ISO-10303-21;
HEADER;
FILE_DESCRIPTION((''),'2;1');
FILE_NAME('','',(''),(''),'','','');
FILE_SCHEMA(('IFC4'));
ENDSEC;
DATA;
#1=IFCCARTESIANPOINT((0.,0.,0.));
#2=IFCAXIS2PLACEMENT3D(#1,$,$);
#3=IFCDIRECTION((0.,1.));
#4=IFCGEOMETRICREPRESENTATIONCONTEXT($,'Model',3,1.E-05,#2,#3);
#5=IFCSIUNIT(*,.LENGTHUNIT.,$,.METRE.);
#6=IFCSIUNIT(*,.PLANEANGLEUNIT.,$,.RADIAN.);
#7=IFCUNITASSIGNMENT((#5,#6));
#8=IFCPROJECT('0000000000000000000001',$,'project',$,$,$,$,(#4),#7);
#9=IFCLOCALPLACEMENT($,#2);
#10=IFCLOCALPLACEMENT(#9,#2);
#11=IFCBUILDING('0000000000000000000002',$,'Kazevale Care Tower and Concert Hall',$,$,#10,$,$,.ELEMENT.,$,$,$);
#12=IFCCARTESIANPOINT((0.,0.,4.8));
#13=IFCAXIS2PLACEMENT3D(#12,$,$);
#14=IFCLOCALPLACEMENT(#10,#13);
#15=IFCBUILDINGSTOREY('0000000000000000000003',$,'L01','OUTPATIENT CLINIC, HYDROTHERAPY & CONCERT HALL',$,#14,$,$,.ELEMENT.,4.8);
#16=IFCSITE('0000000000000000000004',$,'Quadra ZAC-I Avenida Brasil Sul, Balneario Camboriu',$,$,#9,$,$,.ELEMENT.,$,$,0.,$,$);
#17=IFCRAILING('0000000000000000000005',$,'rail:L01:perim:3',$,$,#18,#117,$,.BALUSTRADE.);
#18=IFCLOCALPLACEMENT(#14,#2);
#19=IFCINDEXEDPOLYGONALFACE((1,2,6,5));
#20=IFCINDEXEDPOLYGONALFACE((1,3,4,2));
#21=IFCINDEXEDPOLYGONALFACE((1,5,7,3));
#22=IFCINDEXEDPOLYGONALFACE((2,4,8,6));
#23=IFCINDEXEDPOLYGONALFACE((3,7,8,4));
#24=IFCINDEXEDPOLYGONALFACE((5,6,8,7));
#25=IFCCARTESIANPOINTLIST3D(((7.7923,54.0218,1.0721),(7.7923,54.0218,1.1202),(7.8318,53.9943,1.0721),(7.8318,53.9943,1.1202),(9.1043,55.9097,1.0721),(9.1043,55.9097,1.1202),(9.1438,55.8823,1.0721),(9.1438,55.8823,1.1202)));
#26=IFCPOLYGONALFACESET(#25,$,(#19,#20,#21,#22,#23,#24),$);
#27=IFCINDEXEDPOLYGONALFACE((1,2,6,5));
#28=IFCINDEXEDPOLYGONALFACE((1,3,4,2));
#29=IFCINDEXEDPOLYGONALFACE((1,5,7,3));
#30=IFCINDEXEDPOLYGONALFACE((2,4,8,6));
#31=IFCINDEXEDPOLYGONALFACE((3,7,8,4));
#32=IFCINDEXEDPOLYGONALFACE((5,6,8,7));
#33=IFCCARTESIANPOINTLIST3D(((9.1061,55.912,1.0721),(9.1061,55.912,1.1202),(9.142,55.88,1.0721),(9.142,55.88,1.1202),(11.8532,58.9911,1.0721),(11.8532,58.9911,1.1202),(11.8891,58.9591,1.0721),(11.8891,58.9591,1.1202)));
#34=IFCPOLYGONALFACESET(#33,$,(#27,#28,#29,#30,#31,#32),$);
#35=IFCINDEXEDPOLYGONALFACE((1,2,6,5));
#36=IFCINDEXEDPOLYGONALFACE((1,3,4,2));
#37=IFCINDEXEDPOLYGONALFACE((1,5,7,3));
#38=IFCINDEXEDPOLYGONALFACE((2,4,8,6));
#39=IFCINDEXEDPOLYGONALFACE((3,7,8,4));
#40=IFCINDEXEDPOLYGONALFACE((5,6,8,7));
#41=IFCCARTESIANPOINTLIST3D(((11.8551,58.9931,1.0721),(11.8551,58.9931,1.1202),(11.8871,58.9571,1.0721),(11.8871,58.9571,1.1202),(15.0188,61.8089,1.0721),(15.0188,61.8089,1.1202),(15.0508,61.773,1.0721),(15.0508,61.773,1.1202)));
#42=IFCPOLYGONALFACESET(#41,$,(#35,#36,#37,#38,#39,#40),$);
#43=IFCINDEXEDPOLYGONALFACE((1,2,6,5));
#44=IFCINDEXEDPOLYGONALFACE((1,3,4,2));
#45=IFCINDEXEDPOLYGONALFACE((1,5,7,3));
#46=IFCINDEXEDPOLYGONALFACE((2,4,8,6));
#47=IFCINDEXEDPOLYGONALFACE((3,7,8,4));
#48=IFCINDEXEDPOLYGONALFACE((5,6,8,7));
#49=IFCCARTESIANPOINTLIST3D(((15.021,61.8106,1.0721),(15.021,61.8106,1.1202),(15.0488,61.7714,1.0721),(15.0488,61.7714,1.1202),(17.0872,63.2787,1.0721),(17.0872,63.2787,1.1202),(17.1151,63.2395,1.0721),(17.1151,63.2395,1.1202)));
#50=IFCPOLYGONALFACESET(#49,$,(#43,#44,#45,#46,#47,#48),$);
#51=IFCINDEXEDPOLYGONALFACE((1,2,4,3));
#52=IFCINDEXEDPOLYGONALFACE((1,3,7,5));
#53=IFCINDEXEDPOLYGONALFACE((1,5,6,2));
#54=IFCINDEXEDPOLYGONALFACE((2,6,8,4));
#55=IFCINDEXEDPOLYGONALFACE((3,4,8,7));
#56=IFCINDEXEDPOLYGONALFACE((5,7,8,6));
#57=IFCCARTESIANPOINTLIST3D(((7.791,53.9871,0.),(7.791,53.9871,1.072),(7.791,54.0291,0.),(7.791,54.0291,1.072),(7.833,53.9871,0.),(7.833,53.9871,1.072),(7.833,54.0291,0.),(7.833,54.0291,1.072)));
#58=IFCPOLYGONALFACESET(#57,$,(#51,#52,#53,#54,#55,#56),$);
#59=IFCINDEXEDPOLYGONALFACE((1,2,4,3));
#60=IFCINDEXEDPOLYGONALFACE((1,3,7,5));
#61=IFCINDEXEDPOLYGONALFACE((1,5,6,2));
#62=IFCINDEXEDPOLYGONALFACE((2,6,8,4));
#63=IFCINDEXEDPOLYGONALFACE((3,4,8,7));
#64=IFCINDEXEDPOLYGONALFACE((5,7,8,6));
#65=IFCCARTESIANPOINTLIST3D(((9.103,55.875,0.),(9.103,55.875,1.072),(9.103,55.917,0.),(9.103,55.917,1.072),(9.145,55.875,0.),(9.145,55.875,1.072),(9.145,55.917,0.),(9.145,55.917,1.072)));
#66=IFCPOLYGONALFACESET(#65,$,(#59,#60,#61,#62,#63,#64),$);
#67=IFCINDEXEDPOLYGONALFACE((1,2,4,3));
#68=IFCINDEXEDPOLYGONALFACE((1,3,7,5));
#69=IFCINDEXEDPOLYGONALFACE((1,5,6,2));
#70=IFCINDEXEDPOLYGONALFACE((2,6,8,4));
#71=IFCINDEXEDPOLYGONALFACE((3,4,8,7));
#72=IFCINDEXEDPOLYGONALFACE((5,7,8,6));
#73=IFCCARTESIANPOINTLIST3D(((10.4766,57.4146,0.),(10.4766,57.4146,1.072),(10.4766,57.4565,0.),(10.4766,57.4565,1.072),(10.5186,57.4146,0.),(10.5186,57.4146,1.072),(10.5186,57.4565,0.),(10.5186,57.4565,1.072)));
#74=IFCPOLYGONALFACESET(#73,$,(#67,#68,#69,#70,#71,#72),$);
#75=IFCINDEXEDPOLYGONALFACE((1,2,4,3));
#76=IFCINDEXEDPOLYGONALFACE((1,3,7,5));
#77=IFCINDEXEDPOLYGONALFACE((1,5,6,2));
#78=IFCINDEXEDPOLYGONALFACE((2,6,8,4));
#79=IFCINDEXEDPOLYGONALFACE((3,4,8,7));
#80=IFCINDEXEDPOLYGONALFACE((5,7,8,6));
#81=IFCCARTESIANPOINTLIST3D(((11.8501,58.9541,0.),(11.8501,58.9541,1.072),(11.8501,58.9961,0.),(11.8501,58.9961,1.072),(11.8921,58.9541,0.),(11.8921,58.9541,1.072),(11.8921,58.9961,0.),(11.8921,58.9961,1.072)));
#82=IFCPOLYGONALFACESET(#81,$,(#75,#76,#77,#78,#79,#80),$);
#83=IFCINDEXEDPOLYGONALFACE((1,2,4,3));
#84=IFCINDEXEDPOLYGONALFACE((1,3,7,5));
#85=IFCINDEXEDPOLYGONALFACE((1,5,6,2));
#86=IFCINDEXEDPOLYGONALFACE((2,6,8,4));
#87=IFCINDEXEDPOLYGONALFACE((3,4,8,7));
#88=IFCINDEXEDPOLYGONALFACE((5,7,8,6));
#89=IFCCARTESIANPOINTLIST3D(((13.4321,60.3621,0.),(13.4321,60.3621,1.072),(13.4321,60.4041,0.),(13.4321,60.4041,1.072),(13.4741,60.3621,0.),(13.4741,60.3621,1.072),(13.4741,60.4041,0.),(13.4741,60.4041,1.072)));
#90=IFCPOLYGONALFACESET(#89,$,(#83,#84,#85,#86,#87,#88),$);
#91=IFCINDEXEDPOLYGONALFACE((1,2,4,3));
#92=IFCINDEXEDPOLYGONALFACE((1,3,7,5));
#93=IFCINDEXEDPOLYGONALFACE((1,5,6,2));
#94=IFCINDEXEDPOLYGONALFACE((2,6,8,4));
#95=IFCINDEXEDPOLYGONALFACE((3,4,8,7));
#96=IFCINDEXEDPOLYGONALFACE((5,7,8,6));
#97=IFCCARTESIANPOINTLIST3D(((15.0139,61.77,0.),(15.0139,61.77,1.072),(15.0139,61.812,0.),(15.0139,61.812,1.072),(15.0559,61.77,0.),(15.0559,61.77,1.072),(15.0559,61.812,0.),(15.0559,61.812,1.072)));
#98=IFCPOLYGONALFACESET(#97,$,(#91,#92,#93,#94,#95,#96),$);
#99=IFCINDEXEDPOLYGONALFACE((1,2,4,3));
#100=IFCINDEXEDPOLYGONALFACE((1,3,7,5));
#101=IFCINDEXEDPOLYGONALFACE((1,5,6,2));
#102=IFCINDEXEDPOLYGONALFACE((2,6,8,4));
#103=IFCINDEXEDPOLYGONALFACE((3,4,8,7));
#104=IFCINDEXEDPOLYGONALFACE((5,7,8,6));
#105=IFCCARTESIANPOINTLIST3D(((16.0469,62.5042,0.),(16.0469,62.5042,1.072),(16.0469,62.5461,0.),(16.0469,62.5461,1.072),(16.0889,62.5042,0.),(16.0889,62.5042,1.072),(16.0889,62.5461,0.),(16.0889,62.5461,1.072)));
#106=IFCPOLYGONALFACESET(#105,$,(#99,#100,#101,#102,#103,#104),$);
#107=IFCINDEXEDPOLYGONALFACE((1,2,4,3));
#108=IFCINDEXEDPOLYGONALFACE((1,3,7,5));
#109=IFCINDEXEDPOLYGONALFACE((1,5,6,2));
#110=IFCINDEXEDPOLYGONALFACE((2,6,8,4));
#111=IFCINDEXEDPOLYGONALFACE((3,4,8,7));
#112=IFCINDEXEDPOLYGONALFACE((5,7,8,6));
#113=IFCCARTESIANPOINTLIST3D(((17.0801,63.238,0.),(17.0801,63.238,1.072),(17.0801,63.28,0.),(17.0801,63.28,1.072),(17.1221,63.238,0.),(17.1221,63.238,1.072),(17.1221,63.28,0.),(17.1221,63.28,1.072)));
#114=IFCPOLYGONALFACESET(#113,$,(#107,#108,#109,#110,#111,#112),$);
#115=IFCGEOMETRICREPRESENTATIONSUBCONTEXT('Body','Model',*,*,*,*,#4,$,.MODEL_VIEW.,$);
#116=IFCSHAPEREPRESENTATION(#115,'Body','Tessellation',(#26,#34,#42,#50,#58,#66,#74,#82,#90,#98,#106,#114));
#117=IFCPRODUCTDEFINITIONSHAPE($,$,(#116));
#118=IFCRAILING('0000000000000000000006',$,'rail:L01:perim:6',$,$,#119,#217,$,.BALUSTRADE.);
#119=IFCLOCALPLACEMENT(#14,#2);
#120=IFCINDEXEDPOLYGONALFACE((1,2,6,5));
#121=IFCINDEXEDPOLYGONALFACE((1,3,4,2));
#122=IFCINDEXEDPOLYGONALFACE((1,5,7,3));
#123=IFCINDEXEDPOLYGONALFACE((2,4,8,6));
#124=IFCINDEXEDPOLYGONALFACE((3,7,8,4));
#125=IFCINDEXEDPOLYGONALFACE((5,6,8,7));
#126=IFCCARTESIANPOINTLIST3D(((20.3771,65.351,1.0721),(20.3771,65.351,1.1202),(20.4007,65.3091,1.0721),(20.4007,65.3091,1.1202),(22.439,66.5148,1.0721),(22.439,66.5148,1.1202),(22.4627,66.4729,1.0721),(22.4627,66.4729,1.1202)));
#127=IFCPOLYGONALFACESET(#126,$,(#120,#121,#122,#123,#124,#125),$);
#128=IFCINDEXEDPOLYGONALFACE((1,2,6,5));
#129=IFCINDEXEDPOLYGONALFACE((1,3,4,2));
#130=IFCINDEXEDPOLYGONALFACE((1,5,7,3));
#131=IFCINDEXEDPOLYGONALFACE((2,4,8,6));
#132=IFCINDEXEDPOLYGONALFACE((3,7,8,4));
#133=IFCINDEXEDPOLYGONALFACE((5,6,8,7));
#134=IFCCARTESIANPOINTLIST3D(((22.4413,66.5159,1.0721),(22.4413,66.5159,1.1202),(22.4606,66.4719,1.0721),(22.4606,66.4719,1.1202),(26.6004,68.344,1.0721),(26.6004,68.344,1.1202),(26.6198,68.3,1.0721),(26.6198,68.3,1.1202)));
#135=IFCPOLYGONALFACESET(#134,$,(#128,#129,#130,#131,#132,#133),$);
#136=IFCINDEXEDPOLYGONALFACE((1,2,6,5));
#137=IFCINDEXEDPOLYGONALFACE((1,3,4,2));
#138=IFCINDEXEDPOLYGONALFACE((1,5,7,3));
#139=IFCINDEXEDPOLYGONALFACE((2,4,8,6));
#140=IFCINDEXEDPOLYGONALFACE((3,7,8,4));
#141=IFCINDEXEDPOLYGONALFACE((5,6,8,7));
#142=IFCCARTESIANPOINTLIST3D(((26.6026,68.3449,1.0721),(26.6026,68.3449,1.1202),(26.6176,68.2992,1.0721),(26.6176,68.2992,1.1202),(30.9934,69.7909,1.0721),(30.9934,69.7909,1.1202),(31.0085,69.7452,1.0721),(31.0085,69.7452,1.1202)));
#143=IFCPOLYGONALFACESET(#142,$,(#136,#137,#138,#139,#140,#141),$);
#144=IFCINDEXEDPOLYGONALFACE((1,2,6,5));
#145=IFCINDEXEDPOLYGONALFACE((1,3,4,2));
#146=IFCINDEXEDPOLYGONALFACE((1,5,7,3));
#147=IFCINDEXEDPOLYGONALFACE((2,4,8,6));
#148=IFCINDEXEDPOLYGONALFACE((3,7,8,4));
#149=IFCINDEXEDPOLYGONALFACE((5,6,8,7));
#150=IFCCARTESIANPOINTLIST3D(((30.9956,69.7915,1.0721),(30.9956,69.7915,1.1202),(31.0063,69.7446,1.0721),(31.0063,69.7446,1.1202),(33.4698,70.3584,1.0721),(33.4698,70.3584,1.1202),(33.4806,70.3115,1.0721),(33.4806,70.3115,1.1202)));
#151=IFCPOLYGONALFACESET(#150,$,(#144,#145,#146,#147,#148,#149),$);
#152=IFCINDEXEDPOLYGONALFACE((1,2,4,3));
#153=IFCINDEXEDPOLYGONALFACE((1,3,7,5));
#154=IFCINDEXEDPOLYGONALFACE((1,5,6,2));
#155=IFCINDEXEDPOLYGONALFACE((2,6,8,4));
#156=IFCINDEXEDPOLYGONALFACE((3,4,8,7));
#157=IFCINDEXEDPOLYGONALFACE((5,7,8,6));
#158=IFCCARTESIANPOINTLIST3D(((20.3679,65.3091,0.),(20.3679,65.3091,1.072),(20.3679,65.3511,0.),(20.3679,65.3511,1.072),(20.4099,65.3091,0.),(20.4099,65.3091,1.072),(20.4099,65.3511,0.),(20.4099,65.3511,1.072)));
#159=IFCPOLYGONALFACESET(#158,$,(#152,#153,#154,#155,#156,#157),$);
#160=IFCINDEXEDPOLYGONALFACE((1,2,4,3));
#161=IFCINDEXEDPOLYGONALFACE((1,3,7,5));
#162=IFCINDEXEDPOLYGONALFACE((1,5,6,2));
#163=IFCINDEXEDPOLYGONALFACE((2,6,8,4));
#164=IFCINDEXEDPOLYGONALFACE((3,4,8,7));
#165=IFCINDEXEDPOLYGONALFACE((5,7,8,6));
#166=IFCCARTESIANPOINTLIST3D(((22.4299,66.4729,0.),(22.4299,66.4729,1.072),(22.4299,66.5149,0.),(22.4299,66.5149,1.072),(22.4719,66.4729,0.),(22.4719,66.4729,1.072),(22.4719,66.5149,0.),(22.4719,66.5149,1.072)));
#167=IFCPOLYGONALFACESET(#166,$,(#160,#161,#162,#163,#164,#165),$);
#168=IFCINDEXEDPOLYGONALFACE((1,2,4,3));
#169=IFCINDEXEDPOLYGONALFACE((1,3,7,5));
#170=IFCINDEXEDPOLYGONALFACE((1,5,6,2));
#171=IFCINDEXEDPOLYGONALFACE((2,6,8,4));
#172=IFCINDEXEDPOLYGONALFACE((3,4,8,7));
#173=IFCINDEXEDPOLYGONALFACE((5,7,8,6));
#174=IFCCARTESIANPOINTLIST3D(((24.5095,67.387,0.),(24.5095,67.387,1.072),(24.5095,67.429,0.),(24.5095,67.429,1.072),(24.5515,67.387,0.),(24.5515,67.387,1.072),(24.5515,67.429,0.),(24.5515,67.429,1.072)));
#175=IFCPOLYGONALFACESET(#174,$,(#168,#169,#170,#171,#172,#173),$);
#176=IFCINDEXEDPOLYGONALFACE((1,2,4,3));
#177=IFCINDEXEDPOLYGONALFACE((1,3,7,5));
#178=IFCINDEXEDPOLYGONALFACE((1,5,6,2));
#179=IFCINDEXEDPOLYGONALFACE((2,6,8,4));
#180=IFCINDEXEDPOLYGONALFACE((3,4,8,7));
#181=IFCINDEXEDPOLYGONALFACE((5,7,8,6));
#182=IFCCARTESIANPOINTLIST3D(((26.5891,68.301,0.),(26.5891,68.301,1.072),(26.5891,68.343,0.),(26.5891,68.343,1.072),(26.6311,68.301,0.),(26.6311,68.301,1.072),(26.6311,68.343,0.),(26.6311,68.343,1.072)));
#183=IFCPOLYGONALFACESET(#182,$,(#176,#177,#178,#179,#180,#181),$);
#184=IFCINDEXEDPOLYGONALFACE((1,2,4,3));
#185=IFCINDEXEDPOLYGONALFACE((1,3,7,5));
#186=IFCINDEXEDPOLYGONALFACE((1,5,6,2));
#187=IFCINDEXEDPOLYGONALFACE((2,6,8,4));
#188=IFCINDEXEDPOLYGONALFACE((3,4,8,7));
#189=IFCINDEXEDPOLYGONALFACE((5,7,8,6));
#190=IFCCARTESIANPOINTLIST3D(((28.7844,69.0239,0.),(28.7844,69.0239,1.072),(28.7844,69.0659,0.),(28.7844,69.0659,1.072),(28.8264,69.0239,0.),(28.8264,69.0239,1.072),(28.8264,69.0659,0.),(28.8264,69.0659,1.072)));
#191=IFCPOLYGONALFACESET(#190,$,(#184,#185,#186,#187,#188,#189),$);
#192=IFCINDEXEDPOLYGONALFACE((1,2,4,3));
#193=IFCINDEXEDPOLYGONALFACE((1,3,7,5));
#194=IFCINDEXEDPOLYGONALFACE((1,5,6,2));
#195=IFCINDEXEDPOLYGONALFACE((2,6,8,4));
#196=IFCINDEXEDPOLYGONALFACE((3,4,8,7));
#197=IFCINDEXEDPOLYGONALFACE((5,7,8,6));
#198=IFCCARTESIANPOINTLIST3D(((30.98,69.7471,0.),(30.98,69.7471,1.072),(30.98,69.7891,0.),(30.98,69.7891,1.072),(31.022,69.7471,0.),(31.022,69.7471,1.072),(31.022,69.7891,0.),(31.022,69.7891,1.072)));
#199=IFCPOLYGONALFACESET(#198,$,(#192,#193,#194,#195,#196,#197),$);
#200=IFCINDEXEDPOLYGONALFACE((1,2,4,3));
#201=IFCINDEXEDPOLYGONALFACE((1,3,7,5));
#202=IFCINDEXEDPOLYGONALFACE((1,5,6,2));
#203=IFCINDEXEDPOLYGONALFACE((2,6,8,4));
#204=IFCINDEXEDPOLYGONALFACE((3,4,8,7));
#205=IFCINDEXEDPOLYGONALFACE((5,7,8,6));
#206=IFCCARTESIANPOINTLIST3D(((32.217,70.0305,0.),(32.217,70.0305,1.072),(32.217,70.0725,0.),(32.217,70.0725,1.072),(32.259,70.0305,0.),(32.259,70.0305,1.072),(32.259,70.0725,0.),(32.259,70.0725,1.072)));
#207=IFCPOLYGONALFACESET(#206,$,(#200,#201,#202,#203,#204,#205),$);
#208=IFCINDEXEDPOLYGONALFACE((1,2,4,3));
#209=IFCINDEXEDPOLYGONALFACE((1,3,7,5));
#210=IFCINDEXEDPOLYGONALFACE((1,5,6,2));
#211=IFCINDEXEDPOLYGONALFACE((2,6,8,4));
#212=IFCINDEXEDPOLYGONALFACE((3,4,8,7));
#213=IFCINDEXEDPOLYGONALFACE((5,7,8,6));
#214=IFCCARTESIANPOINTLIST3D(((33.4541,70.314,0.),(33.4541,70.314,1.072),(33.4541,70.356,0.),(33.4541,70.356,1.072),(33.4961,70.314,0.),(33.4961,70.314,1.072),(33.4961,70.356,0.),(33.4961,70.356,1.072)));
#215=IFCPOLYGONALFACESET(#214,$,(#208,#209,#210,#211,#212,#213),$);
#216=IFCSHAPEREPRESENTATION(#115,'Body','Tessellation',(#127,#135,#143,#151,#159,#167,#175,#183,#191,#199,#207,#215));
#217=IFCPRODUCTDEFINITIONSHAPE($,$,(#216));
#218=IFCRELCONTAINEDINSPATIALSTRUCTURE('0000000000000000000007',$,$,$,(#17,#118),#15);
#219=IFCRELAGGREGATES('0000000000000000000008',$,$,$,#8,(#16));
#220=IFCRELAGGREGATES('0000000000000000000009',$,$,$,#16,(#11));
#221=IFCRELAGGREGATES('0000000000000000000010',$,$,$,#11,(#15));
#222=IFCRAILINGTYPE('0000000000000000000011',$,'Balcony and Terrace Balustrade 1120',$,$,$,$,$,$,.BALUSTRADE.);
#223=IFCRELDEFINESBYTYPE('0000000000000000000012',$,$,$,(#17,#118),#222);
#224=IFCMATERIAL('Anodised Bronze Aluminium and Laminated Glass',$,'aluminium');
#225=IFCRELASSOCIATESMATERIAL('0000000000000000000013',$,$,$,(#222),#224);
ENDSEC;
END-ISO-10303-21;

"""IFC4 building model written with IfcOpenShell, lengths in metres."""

from ifc_helpers import new_model, si_unit, direction, frame, origin, origin_2d, place, context, subcontext, project, spatial, rectangle, extrude, material, type_object, element, save


model = new_model("IFC4")

# Units and contexts
model_context = context("Model", 3, precision=1e-05, world=origin(), true_north=direction((0.0, 1.0)))
body_context = subcontext(model_context, "Body", "Model", "MODEL_VIEW")
ifc_project = project(units=[si_unit("LENGTHUNIT", "METRE"), si_unit("PLANEANGLEUNIT", "RADIAN")], contexts=[model_context])

# Site, building, storey
site_placement = place(None, origin())
site = spatial("IfcSite", under=ifc_project, at=site_placement, Name="Quadra ZAC-I Avenida Brasil Sul, Balneario Camboriu", CompositionType="ELEMENT", RefElevation=0.0)
building_placement = place(site_placement, origin())
building = spatial("IfcBuilding", under=site, at=building_placement, Name="Kazevale Care Tower and Concert Hall", CompositionType="ELEMENT")
storey_placement = place(building_placement, frame((0.0, 0.0, 4.8)))
storey = spatial("IfcBuildingStorey", under=building, at=storey_placement, Name="L01", Description="OUTPATIENT CLINIC, HYDROTHERAPY & CONCERT HALL", CompositionType="ELEMENT", Elevation=4.8)

# Railings
ifc_material_1 = material(Name="Anodised Bronze Aluminium and Laminated Glass", Category="aluminium")
railing_type = type_object("IfcRailingType", Name="Balcony and Terrace Balustrade 1120", PredefinedType="BALUSTRADE", material=ifc_material_1)
railing_1_placement = place(storey_placement, frame((7.812, 54.0081, 0.0)))
element("IfcRailing", 1, at=railing_1_placement, inside=storey, type_object=railing_type, Name="rail:L01:perim:3", PredefinedType="BALUSTRADE", context=body_context, shape_type="SweptSolid", body=[
    extrude(rectangle(XDim=0.0481, YDim=0.0481, at=origin_2d()), frame((0.0, 0.0, 1.0962), z_axis=(0.570672, 0.821178, 0.0), x_axis=(-0.821178, 0.570672, 0.0)), (0.0, 0.0, 1.0), 2.2991),
    extrude(rectangle(XDim=0.0481, YDim=0.0481, at=origin_2d()), frame((1.312, 1.8879, 1.0962), z_axis=(0.665729, 0.746194, 0.0), x_axis=(-0.746194, 0.665729, 0.0)), (0.0, 0.0, 1.0), 4.1265),
    extrude(rectangle(XDim=0.0481, YDim=0.0481, at=origin_2d()), frame((4.0591, 4.967, 1.0962), z_axis=(0.746983, 0.664843, 0.0), x_axis=(-0.664843, 0.746983, 0.0)), (0.0, 0.0, 1.0), 4.2354),
    extrude(rectangle(XDim=0.0481, YDim=0.0481, at=origin_2d()), frame((7.2229, 7.783, 1.0962), z_axis=(0.815189, 0.579195, 0.0), x_axis=(-0.579195, 0.815189, 0.0)), (0.0, 0.0, 1.0), 2.5347),
    extrude(rectangle(XDim=0.042, YDim=0.042, at=origin_2d()), origin(), (0.0, 0.0, 1.0), 1.072),
    extrude(rectangle(XDim=0.042, YDim=0.042, at=origin_2d()), frame((1.312, 1.8879, 0.0)), (0.0, 0.0, 1.0), 1.072),
    extrude(rectangle(XDim=0.042, YDim=0.042, at=origin_2d()), frame((2.6855, 3.4275, 0.0)), (0.0, 0.0, 1.0), 1.072),
    extrude(rectangle(XDim=0.042, YDim=0.042, at=origin_2d()), frame((4.0591, 4.967, 0.0)), (0.0, 0.0, 1.0), 1.072),
    extrude(rectangle(XDim=0.042, YDim=0.042, at=origin_2d()), frame((5.6411, 6.375, 0.0)), (0.0, 0.0, 1.0), 1.072),
    extrude(rectangle(XDim=0.042, YDim=0.042, at=origin_2d()), frame((7.2229, 7.783, 0.0)), (0.0, 0.0, 1.0), 1.072),
    extrude(rectangle(XDim=0.042, YDim=0.042, at=origin_2d()), frame((8.2559, 8.5171, 0.0)), (0.0, 0.0, 1.0), 1.072),
    extrude(rectangle(XDim=0.042, YDim=0.042, at=origin_2d()), frame((9.2891, 9.251, 0.0)), (0.0, 0.0, 1.0), 1.072),
])
railing_2_placement = place(storey_placement, frame((20.3889, 65.3301, 0.0)))
element("IfcRailing", 2, at=railing_2_placement, inside=storey, type_object=railing_type, Name="rail:L01:perim:6", PredefinedType="BALUSTRADE", context=body_context, shape_type="SweptSolid", body=[
    extrude(rectangle(XDim=0.0481, YDim=0.0481, at=origin_2d()), frame((0.0, 0.0, 1.0962), z_axis=(0.870864, 0.491524, 0.0), x_axis=(-0.491524, 0.870864, 0.0)), (0.0, 0.0, 1.0), 2.3677),
    extrude(rectangle(XDim=0.0481, YDim=0.0481, at=origin_2d()), frame((2.062, 1.1638, 1.0962), z_axis=(0.91547, 0.402386, 0.0), x_axis=(-0.402386, 0.91547, 0.0)), (0.0, 0.0, 1.0), 4.5432),
    extrude(rectangle(XDim=0.0481, YDim=0.0481, at=origin_2d()), frame((6.2212, 2.9919, 1.0962), z_axis=(0.949818, 0.312804, 0.0), x_axis=(-0.312804, 0.949818, 0.0)), (0.0, 0.0, 1.0), 4.6228),
    extrude(rectangle(XDim=0.0481, YDim=0.0481, at=origin_2d()), frame((10.6121, 4.438, 1.0962), z_axis=(0.97474, 0.223342, 0.0), x_axis=(-0.223342, 0.97474, 0.0)), (0.0, 0.0, 1.0), 2.5383),
    extrude(rectangle(XDim=0.042, YDim=0.042, at=origin_2d()), origin(), (0.0, 0.0, 1.0), 1.072),
    extrude(rectangle(XDim=0.042, YDim=0.042, at=origin_2d()), frame((2.062, 1.1638, 0.0)), (0.0, 0.0, 1.0), 1.072),
    extrude(rectangle(XDim=0.042, YDim=0.042, at=origin_2d()), frame((4.1416, 2.0779, 0.0)), (0.0, 0.0, 1.0), 1.072),
    extrude(rectangle(XDim=0.042, YDim=0.042, at=origin_2d()), frame((6.2212, 2.9919, 0.0)), (0.0, 0.0, 1.0), 1.072),
    extrude(rectangle(XDim=0.042, YDim=0.042, at=origin_2d()), frame((8.4165, 3.7148, 0.0)), (0.0, 0.0, 1.0), 1.072),
    extrude(rectangle(XDim=0.042, YDim=0.042, at=origin_2d()), frame((10.6121, 4.438, 0.0)), (0.0, 0.0, 1.0), 1.072),
    extrude(rectangle(XDim=0.042, YDim=0.042, at=origin_2d()), frame((11.8491, 4.7214, 0.0)), (0.0, 0.0, 1.0), 1.072),
    extrude(rectangle(XDim=0.042, YDim=0.042, at=origin_2d()), frame((13.0862, 5.0049, 0.0)), (0.0, 0.0, 1.0), 1.072),
])

save(model, "model.ifc")
